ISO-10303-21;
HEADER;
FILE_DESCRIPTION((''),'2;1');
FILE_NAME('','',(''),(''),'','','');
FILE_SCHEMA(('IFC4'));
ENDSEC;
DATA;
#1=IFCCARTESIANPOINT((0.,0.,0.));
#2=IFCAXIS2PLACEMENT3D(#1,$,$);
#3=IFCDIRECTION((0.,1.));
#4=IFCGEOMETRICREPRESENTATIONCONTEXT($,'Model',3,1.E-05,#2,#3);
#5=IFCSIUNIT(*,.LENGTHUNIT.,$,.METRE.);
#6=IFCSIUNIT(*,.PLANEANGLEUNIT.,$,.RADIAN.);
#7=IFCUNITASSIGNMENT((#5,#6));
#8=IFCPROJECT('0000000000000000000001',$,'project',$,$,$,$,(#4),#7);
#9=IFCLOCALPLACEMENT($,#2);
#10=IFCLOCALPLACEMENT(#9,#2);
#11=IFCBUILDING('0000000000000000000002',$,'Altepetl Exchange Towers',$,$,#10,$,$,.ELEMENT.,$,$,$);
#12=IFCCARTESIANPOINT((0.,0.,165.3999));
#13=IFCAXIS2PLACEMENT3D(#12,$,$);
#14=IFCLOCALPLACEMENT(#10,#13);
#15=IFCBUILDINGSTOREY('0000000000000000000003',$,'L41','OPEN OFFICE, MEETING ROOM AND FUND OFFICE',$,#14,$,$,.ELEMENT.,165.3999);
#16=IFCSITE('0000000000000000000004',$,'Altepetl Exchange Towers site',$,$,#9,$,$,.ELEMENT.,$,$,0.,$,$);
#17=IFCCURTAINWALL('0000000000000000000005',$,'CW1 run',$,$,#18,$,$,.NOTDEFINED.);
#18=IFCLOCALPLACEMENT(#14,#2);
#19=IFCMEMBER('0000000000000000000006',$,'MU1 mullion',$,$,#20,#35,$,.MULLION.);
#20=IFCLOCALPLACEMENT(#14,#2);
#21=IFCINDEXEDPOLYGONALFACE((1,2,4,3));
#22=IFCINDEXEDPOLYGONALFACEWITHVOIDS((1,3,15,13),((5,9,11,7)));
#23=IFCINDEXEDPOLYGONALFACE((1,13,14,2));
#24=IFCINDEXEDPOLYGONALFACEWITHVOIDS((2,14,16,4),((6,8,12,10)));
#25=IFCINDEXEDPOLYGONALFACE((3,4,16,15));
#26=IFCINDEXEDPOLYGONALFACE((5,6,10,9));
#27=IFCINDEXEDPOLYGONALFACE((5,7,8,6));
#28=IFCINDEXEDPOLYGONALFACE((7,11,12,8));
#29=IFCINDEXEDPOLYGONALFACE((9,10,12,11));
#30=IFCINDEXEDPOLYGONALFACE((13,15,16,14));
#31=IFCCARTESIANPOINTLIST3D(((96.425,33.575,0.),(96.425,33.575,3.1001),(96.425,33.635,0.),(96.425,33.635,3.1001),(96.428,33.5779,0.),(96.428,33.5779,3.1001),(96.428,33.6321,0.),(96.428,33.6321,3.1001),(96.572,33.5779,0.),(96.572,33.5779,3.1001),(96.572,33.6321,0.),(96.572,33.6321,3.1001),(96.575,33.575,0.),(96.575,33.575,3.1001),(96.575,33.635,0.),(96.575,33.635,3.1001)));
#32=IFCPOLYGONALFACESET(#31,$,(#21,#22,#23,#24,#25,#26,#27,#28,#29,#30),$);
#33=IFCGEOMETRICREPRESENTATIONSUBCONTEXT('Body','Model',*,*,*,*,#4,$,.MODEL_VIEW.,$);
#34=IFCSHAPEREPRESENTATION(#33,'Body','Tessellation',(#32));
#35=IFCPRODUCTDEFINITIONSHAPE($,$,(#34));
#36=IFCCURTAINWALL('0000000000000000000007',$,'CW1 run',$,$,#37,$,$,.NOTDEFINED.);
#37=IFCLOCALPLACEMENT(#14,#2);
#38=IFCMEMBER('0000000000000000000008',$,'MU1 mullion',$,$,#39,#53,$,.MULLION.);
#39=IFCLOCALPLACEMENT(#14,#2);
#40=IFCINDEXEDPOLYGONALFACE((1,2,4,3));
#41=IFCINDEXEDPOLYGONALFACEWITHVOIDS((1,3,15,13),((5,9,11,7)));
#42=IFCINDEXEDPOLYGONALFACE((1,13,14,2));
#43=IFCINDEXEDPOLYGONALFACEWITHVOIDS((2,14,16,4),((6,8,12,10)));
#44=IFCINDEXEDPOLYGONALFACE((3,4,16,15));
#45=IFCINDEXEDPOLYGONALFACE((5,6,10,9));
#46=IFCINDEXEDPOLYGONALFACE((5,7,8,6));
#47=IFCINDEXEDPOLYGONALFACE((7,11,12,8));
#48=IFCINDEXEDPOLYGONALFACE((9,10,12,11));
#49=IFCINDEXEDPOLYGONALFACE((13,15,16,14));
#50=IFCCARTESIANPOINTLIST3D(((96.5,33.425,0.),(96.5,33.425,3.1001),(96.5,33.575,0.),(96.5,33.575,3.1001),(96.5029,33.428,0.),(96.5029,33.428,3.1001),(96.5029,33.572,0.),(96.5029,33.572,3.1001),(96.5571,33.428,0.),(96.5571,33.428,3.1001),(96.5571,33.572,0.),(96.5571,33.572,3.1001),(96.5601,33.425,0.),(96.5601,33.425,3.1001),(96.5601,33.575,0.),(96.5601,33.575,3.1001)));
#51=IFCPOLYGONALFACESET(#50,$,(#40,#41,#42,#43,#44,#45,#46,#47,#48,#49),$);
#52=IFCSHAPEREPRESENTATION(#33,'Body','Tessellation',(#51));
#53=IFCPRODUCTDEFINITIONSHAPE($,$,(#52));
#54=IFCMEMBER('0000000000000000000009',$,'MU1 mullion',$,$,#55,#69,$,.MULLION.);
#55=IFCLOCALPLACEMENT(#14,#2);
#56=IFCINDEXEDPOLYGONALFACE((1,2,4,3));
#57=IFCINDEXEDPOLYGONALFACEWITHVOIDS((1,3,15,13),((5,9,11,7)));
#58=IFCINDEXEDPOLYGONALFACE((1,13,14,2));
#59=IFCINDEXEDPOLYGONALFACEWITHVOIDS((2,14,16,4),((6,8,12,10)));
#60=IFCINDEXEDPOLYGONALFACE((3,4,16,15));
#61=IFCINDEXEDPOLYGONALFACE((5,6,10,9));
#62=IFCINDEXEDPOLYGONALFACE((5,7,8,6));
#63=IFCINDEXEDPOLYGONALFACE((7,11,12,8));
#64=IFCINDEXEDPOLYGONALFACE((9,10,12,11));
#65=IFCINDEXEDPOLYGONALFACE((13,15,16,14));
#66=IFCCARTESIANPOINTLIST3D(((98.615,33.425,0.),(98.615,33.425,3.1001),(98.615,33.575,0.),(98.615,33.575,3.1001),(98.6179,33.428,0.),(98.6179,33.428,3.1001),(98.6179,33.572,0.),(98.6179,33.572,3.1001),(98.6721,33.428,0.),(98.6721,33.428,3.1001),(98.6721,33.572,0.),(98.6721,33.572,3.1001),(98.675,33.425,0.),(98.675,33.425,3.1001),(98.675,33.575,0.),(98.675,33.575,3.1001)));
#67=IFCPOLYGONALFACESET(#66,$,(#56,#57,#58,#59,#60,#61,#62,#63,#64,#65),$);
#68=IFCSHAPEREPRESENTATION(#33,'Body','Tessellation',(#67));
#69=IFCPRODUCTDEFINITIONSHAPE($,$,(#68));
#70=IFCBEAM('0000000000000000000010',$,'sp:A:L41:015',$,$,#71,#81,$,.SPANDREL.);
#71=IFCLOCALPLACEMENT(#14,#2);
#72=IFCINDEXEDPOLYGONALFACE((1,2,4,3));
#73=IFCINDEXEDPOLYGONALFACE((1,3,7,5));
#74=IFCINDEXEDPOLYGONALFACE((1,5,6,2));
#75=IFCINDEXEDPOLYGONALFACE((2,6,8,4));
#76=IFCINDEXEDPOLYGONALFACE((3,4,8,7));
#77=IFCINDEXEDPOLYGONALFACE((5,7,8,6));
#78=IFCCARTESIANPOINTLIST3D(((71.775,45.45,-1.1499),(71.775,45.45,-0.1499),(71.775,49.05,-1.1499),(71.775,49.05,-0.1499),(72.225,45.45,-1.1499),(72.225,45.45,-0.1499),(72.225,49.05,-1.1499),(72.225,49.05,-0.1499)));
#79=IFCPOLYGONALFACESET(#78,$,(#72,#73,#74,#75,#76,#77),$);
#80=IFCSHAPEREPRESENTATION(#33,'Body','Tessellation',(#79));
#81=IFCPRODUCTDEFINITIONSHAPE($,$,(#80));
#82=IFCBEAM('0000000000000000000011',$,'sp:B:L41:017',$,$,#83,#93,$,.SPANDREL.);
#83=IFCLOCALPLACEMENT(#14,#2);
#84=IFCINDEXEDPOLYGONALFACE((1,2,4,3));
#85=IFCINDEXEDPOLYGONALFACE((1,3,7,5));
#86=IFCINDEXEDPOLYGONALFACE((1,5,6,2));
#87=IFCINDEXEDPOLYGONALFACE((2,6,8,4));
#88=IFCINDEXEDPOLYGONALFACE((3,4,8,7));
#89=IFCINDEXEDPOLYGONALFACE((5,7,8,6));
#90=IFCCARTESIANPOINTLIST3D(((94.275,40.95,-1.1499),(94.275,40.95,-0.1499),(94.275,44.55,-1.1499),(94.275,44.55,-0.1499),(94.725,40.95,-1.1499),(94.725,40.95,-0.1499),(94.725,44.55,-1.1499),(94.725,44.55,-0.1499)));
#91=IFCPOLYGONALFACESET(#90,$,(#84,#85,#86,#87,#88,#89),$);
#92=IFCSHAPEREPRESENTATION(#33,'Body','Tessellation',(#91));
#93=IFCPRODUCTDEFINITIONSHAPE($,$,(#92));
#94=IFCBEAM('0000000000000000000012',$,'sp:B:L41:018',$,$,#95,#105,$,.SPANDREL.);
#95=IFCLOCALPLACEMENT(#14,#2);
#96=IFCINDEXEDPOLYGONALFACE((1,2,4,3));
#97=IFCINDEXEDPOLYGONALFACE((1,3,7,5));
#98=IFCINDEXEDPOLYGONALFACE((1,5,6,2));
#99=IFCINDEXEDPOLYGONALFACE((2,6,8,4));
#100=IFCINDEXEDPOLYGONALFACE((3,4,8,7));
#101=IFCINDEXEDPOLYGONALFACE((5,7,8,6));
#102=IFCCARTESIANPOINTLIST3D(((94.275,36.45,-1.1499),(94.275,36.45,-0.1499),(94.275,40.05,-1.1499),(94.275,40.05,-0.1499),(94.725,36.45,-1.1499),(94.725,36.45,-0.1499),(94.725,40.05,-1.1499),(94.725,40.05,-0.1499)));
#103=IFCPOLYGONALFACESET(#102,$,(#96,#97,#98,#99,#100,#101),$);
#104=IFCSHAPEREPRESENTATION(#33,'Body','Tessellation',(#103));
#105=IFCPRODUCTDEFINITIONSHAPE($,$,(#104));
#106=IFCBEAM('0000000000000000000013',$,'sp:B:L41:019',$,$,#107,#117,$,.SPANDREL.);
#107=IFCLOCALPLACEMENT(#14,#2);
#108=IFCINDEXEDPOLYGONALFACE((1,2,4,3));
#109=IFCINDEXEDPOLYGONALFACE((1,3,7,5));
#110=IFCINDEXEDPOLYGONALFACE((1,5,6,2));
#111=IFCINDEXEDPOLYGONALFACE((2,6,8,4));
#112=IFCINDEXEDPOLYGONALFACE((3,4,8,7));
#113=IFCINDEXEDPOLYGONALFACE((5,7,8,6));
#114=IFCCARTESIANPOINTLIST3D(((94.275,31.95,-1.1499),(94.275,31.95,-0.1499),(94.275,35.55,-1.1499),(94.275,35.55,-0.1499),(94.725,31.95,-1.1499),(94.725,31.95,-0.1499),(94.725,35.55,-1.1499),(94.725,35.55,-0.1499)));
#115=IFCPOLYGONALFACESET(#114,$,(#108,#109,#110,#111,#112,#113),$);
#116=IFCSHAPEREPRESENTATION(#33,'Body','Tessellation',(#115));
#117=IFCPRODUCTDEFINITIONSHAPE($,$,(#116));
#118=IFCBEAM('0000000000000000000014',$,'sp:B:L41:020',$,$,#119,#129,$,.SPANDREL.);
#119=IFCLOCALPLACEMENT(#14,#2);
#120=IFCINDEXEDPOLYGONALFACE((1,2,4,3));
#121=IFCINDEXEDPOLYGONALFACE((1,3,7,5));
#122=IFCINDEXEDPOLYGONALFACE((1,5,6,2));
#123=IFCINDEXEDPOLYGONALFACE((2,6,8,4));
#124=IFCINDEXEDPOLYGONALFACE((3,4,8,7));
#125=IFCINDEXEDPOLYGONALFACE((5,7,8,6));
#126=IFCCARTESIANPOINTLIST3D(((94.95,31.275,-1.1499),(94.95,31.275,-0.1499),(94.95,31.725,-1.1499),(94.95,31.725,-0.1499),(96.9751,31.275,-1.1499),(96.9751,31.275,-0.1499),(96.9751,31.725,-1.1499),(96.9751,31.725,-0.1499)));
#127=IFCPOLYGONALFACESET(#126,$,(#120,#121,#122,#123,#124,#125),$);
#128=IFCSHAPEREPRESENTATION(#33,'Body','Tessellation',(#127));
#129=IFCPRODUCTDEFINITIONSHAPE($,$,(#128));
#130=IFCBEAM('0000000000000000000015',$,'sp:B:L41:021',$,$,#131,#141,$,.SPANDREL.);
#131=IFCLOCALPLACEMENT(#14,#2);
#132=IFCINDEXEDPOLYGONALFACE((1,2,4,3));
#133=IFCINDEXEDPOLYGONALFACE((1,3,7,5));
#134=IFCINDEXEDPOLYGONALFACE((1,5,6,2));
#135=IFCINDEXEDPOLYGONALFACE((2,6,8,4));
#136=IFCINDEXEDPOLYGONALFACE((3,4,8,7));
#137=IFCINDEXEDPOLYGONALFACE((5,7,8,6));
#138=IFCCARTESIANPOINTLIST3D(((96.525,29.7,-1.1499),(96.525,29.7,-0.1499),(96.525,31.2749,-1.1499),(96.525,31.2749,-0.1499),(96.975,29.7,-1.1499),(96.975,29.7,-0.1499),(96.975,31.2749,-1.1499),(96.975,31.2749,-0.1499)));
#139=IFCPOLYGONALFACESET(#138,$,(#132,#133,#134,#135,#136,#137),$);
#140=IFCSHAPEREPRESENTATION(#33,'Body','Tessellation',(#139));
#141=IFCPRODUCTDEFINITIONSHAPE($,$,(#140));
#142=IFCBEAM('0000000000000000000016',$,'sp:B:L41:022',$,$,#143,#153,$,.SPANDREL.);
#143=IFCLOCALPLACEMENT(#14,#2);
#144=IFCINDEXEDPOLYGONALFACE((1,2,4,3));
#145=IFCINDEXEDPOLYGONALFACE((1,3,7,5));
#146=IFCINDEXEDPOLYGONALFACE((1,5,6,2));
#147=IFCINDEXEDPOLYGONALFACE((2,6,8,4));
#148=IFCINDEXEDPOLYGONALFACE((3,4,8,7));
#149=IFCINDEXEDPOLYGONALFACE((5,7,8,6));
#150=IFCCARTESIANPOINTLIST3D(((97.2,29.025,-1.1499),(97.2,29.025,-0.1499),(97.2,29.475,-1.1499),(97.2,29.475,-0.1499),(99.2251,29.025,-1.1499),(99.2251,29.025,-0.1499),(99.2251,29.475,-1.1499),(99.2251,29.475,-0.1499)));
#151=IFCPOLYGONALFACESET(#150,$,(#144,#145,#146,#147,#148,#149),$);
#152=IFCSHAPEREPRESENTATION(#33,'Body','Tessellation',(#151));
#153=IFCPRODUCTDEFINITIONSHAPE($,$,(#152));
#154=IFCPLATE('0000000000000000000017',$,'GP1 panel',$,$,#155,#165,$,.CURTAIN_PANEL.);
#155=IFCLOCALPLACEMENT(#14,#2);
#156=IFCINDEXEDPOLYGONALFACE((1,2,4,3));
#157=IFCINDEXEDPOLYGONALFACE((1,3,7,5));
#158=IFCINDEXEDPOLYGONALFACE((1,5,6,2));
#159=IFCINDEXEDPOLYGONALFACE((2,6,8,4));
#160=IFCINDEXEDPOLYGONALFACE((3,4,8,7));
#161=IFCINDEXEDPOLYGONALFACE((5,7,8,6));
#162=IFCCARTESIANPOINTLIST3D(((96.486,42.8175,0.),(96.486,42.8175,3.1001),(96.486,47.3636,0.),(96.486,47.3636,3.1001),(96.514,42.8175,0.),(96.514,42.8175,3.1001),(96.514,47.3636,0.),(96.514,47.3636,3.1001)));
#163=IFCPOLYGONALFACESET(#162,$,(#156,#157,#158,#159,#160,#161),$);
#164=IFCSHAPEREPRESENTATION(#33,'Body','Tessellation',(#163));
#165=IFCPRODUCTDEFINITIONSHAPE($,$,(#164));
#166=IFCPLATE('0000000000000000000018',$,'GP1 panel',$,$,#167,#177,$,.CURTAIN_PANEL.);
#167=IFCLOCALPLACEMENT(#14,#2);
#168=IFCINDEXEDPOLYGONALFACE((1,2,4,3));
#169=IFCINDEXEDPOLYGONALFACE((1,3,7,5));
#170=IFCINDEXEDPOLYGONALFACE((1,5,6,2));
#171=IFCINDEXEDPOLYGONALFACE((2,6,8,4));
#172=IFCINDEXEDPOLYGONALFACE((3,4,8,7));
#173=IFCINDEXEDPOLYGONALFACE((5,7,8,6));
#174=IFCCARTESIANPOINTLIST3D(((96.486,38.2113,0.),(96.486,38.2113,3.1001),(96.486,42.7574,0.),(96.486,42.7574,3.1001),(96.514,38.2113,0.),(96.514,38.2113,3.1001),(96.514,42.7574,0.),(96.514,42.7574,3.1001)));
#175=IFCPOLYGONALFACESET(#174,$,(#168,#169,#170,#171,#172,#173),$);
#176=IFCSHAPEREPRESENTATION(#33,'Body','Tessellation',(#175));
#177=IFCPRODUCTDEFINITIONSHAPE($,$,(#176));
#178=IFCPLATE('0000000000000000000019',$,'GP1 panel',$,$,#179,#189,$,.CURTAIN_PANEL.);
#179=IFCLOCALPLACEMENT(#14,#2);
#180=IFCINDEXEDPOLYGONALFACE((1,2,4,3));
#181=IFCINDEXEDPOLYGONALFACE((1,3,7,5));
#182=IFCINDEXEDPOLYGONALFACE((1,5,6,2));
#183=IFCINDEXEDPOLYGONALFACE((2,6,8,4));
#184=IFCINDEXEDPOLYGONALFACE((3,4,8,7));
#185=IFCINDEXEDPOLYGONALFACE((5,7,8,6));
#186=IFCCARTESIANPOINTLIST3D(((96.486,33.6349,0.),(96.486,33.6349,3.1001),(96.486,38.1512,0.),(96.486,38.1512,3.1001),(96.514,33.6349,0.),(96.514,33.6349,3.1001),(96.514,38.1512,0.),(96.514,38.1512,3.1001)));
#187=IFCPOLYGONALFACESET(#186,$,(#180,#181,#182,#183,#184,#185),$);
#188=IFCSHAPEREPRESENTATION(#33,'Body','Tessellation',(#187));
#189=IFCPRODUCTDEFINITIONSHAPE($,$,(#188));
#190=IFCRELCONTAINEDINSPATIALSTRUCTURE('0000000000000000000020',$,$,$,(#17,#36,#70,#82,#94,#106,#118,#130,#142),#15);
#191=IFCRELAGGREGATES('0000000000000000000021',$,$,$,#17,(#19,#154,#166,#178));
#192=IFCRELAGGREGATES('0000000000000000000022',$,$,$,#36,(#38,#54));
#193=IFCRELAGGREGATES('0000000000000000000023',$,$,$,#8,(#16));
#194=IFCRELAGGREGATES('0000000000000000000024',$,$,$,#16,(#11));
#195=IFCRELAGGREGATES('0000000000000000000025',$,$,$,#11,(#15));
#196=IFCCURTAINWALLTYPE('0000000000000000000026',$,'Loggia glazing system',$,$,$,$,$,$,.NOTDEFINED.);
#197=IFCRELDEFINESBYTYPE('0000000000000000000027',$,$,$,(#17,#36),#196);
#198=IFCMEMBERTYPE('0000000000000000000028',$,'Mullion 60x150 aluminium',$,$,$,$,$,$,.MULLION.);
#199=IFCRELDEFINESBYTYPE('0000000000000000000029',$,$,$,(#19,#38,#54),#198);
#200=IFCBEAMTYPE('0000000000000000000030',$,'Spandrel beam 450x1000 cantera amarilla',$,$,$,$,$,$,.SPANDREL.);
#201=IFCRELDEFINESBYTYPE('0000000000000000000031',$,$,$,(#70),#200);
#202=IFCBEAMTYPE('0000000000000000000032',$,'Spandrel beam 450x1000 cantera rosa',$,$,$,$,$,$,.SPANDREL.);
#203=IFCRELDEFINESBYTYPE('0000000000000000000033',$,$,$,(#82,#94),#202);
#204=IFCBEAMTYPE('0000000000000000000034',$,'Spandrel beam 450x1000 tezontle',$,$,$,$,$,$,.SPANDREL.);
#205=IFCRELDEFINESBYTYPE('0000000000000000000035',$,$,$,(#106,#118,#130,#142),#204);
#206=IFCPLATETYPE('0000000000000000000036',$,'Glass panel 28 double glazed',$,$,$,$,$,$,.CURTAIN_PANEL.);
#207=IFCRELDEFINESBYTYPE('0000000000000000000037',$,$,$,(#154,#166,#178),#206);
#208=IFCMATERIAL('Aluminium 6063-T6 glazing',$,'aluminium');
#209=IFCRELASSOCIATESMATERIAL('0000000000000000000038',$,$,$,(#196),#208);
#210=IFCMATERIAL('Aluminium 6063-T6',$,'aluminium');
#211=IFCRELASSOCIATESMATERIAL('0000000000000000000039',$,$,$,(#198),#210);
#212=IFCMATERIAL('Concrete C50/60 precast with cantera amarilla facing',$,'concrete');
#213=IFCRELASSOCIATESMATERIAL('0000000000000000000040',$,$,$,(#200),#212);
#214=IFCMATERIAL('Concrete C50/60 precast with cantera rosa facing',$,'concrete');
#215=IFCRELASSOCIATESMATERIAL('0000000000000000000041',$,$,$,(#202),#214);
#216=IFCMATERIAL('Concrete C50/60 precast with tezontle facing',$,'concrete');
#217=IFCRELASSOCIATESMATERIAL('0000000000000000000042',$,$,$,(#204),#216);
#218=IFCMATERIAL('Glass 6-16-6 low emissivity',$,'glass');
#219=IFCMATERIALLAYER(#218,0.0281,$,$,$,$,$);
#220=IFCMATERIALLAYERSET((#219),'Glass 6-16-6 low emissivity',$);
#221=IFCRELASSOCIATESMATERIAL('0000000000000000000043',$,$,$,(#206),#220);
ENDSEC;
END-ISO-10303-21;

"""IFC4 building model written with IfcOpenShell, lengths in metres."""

from ifc_helpers import new_model, si_unit, direction, frame, origin, origin_2d, place, context, subcontext, project, spatial, rectangle, hollow_rectangle, extrude, material, layer, layer_set, material_profile, profile_set, type_object, element, aggregate, save


model = new_model("IFC4")

# Units and contexts
model_context = context("Model", 3, precision=1e-05, world=origin(), true_north=direction((0.0, 1.0)))
body_context = subcontext(model_context, "Body", "Model", "MODEL_VIEW")
ifc_project = project(units=[si_unit("LENGTHUNIT", "METRE"), si_unit("PLANEANGLEUNIT", "RADIAN")], contexts=[model_context])

# Site, building, storey
site_placement = place(None, origin())
site = spatial("IfcSite", under=ifc_project, at=site_placement, Name="Altepetl Exchange Towers site", CompositionType="ELEMENT", RefElevation=0.0)
building_placement = place(site_placement, origin())
building = spatial("IfcBuilding", under=site, at=building_placement, Name="Altepetl Exchange Towers", CompositionType="ELEMENT")
storey_placement = place(building_placement, frame((0.0, 0.0, 165.3999)))
storey = spatial("IfcBuildingStorey", under=building, at=storey_placement, Name="L41", Description="OPEN OFFICE, MEETING ROOM AND FUND OFFICE", CompositionType="ELEMENT", Elevation=165.3999)

# Curtain walls, members
ifc_material_1 = material(Name="Aluminium 6063-T6 glazing", Category="aluminium")
curtain_wall_type = type_object("IfcCurtainWallType", Name="Loggia glazing system", PredefinedType="NOTDEFINED", material=ifc_material_1)
curtain_wall_1_placement = place(storey_placement, origin())
curtain_wall_1 = element("IfcCurtainWall", 1, at=curtain_wall_1_placement, inside=storey, type_object=curtain_wall_type, Name="CW1 run", PredefinedType="NOTDEFINED")
ifc_material_2 = material(Name="Aluminium 6063-T6", Category="aluminium")
ifc_material_profile_1 = material_profile(ifc_material_2, hollow_rectangle(XDim=0.0601, YDim=0.1499, WallThickness=0.0029, at=origin_2d()), Name="Mullion 60x150 aluminium")
ifc_profile_set_1 = profile_set([ifc_material_profile_1], Name="Aluminium 6063-T6")
member_type = type_object("IfcMemberType", Name="Mullion 60x150 aluminium", PredefinedType="MULLION", material=ifc_profile_set_1)
member_1_placement = place(storey_placement, frame((96.5, 33.605, 0.0), z_axis=(0.0, 0.0, 1.0), x_axis=(0.0, -1.0, 0.0)))
member_1 = element("IfcMember", 2, at=member_1_placement, type_object=member_type, Name="MU1 mullion", PredefinedType="MULLION", context=body_context, shape_type="SweptSolid", body=[
    extrude(hollow_rectangle(XDim=0.0601, YDim=0.1499, WallThickness=0.0029, at=origin_2d()), origin(), (0.0, 0.0, 1.0), 3.1001),
])
curtain_wall_2_placement = place(storey_placement, origin())
curtain_wall_2 = element("IfcCurtainWall", 3, at=curtain_wall_2_placement, inside=storey, type_object=curtain_wall_type, Name="CW1 run", PredefinedType="NOTDEFINED")
member_2_placement = place(storey_placement, frame((96.53, 33.5, 0.0)))
member_2 = element("IfcMember", 4, at=member_2_placement, type_object=member_type, Name="MU1 mullion", PredefinedType="MULLION", context=body_context, shape_type="SweptSolid", body=[
    extrude(hollow_rectangle(XDim=0.0601, YDim=0.1499, WallThickness=0.0029, at=origin_2d()), origin(), (0.0, 0.0, 1.0), 3.1001),
])
member_3_placement = place(storey_placement, frame((98.645, 33.5, 0.0)))
member_3 = element("IfcMember", 5, at=member_3_placement, type_object=member_type, Name="MU1 mullion", PredefinedType="MULLION", context=body_context, shape_type="SweptSolid", body=[
    extrude(hollow_rectangle(XDim=0.0601, YDim=0.1499, WallThickness=0.0029, at=origin_2d()), origin(), (0.0, 0.0, 1.0), 3.1001),
])

# Beams
ifc_material_3 = material(Name="Concrete C50/60 precast with cantera amarilla facing", Category="concrete")
ifc_material_profile_2 = material_profile(ifc_material_3, rectangle(XDim=0.45, YDim=1.0, at=origin_2d()), Name="450 x 1000")
ifc_profile_set_2 = profile_set([ifc_material_profile_2], Name="Concrete C50/60 precast with cantera amarilla facing")
beam_type_1 = type_object("IfcBeamType", Name="Spandrel beam 450x1000 cantera amarilla", PredefinedType="SPANDREL", material=ifc_profile_set_2)
beam_1_placement = place(storey_placement, frame((72.0, 45.45, -0.6499), z_axis=(0.0, 1.0, 0.0), x_axis=(-1.0, 0.0, 0.0)))
element("IfcBeam", 6, at=beam_1_placement, inside=storey, type_object=beam_type_1, Name="sp:A:L41:015", PredefinedType="SPANDREL", context=body_context, shape_type="SweptSolid", body=[
    extrude(rectangle(XDim=0.45, YDim=1.0, at=origin_2d()), origin(), (0.0, 0.0, 1.0), 3.6001),
])
ifc_material_4 = material(Name="Concrete C50/60 precast with cantera rosa facing", Category="concrete")
ifc_material_profile_3 = material_profile(ifc_material_4, rectangle(XDim=0.45, YDim=1.0, at=origin_2d()), Name="450 x 1000")
ifc_profile_set_3 = profile_set([ifc_material_profile_3], Name="Concrete C50/60 precast with cantera rosa facing")
beam_type_2 = type_object("IfcBeamType", Name="Spandrel beam 450x1000 cantera rosa", PredefinedType="SPANDREL", material=ifc_profile_set_3)
for number, where, z_axis, x_axis, name in (
    (7, (94.5, 44.55, -0.6499), (0.0, -1.0, 0.0), (1.0, 0.0, 0.0), "sp:B:L41:017"),
    (8, (94.5, 40.05, -0.6499), (0.0, -1.0, 0.0), (1.0, 0.0, 0.0), "sp:B:L41:018"),
):
    element("IfcBeam", number, at=place(storey_placement, frame(where, z_axis=z_axis, x_axis=x_axis)), inside=storey, type_object=beam_type_2, Name=name, PredefinedType="SPANDREL", context=body_context, shape_type="SweptSolid", body=[
        extrude(rectangle(XDim=0.45, YDim=1.0, at=origin_2d()), origin(), (0.0, 0.0, 1.0), 3.6001),
    ])
ifc_material_5 = material(Name="Concrete C50/60 precast with tezontle facing", Category="concrete")
ifc_material_profile_4 = material_profile(ifc_material_5, rectangle(XDim=0.45, YDim=1.0, at=origin_2d()), Name="450 x 1000")
ifc_profile_set_4 = profile_set([ifc_material_profile_4], Name="Concrete C50/60 precast with tezontle facing")
beam_type_3 = type_object("IfcBeamType", Name="Spandrel beam 450x1000 tezontle", PredefinedType="SPANDREL", material=ifc_profile_set_4)
beam_2_placement = place(storey_placement, frame((94.5, 35.55, -0.6499), z_axis=(0.0, -1.0, 0.0), x_axis=(1.0, 0.0, 0.0)))
element("IfcBeam", 9, at=beam_2_placement, inside=storey, type_object=beam_type_3, Name="sp:B:L41:019", PredefinedType="SPANDREL", context=body_context, shape_type="SweptSolid", body=[
    extrude(rectangle(XDim=0.45, YDim=1.0, at=origin_2d()), origin(), (0.0, 0.0, 1.0), 3.6001),
])
beam_3_placement = place(storey_placement, frame((94.95, 31.5, -0.6499), z_axis=(1.0, 0.0, 0.0), x_axis=(0.0, 1.0, 0.0)))
element("IfcBeam", 10, at=beam_3_placement, inside=storey, type_object=beam_type_3, Name="sp:B:L41:020", PredefinedType="SPANDREL", context=body_context, shape_type="SweptSolid", body=[
    extrude(rectangle(XDim=0.45, YDim=1.0, at=origin_2d()), origin(), (0.0, 0.0, 1.0), 2.0251),
])
beam_4_placement = place(storey_placement, frame((96.75, 31.2749, -0.6499), z_axis=(0.0, -1.0, 0.0), x_axis=(1.0, 0.0, 0.0)))
element("IfcBeam", 11, at=beam_4_placement, inside=storey, type_object=beam_type_3, Name="sp:B:L41:021", PredefinedType="SPANDREL", context=body_context, shape_type="SweptSolid", body=[
    extrude(rectangle(XDim=0.45, YDim=1.0, at=origin_2d()), origin(), (0.0, 0.0, 1.0), 1.575),
])
beam_5_placement = place(storey_placement, frame((97.2, 29.25, -0.6499), z_axis=(1.0, 0.0, 0.0), x_axis=(0.0, 1.0, 0.0)))
element("IfcBeam", 12, at=beam_5_placement, inside=storey, type_object=beam_type_3, Name="sp:B:L41:022", PredefinedType="SPANDREL", context=body_context, shape_type="SweptSolid", body=[
    extrude(rectangle(XDim=0.45, YDim=1.0, at=origin_2d()), origin(), (0.0, 0.0, 1.0), 2.0251),
])

# Plates
ifc_material_6 = material(Name="Glass 6-16-6 low emissivity", Category="glass")
ifc_layer_1 = layer(ifc_material_6, 0.0281)
ifc_layer_set_1 = layer_set([ifc_layer_1], Name="Glass 6-16-6 low emissivity")
plate_type = type_object("IfcPlateType", Name="Glass panel 28 double glazed", PredefinedType="CURTAIN_PANEL", material=ifc_layer_set_1)
plate_1_placement = place(storey_placement, frame((96.5, 45.0906, 0.0), z_axis=(0.0, 0.0, 1.0), x_axis=(0.0, -1.0, 0.0)))
plate_1 = element("IfcPlate", 13, at=plate_1_placement, type_object=plate_type, Name="GP1 panel", PredefinedType="CURTAIN_PANEL", context=body_context, shape_type="SweptSolid", body=[
    extrude(rectangle(XDim=4.5461, YDim=0.0281, at=origin_2d()), origin(), (0.0, 0.0, 1.0), 3.1001),
])
plate_2_placement = place(storey_placement, frame((96.5, 40.4844, 0.0), z_axis=(0.0, 0.0, 1.0), x_axis=(0.0, -1.0, 0.0)))
plate_2 = element("IfcPlate", 14, at=plate_2_placement, type_object=plate_type, Name="GP1 panel", PredefinedType="CURTAIN_PANEL", context=body_context, shape_type="SweptSolid", body=[
    extrude(rectangle(XDim=4.5461, YDim=0.0281, at=origin_2d()), origin(), (0.0, 0.0, 1.0), 3.1001),
])
plate_3_placement = place(storey_placement, frame((96.5, 35.8931, 0.0), z_axis=(0.0, 0.0, 1.0), x_axis=(0.0, -1.0, 0.0)))
plate_3 = element("IfcPlate", 15, at=plate_3_placement, type_object=plate_type, Name="GP1 panel", PredefinedType="CURTAIN_PANEL", context=body_context, shape_type="SweptSolid", body=[
    extrude(rectangle(XDim=4.5164, YDim=0.0281, at=origin_2d()), origin(), (0.0, 0.0, 1.0), 3.1001),
])
aggregate(curtain_wall_1, [member_1, plate_1, plate_2, plate_3])
aggregate(curtain_wall_2, [member_2, member_3])

save(model, "model.ifc")
